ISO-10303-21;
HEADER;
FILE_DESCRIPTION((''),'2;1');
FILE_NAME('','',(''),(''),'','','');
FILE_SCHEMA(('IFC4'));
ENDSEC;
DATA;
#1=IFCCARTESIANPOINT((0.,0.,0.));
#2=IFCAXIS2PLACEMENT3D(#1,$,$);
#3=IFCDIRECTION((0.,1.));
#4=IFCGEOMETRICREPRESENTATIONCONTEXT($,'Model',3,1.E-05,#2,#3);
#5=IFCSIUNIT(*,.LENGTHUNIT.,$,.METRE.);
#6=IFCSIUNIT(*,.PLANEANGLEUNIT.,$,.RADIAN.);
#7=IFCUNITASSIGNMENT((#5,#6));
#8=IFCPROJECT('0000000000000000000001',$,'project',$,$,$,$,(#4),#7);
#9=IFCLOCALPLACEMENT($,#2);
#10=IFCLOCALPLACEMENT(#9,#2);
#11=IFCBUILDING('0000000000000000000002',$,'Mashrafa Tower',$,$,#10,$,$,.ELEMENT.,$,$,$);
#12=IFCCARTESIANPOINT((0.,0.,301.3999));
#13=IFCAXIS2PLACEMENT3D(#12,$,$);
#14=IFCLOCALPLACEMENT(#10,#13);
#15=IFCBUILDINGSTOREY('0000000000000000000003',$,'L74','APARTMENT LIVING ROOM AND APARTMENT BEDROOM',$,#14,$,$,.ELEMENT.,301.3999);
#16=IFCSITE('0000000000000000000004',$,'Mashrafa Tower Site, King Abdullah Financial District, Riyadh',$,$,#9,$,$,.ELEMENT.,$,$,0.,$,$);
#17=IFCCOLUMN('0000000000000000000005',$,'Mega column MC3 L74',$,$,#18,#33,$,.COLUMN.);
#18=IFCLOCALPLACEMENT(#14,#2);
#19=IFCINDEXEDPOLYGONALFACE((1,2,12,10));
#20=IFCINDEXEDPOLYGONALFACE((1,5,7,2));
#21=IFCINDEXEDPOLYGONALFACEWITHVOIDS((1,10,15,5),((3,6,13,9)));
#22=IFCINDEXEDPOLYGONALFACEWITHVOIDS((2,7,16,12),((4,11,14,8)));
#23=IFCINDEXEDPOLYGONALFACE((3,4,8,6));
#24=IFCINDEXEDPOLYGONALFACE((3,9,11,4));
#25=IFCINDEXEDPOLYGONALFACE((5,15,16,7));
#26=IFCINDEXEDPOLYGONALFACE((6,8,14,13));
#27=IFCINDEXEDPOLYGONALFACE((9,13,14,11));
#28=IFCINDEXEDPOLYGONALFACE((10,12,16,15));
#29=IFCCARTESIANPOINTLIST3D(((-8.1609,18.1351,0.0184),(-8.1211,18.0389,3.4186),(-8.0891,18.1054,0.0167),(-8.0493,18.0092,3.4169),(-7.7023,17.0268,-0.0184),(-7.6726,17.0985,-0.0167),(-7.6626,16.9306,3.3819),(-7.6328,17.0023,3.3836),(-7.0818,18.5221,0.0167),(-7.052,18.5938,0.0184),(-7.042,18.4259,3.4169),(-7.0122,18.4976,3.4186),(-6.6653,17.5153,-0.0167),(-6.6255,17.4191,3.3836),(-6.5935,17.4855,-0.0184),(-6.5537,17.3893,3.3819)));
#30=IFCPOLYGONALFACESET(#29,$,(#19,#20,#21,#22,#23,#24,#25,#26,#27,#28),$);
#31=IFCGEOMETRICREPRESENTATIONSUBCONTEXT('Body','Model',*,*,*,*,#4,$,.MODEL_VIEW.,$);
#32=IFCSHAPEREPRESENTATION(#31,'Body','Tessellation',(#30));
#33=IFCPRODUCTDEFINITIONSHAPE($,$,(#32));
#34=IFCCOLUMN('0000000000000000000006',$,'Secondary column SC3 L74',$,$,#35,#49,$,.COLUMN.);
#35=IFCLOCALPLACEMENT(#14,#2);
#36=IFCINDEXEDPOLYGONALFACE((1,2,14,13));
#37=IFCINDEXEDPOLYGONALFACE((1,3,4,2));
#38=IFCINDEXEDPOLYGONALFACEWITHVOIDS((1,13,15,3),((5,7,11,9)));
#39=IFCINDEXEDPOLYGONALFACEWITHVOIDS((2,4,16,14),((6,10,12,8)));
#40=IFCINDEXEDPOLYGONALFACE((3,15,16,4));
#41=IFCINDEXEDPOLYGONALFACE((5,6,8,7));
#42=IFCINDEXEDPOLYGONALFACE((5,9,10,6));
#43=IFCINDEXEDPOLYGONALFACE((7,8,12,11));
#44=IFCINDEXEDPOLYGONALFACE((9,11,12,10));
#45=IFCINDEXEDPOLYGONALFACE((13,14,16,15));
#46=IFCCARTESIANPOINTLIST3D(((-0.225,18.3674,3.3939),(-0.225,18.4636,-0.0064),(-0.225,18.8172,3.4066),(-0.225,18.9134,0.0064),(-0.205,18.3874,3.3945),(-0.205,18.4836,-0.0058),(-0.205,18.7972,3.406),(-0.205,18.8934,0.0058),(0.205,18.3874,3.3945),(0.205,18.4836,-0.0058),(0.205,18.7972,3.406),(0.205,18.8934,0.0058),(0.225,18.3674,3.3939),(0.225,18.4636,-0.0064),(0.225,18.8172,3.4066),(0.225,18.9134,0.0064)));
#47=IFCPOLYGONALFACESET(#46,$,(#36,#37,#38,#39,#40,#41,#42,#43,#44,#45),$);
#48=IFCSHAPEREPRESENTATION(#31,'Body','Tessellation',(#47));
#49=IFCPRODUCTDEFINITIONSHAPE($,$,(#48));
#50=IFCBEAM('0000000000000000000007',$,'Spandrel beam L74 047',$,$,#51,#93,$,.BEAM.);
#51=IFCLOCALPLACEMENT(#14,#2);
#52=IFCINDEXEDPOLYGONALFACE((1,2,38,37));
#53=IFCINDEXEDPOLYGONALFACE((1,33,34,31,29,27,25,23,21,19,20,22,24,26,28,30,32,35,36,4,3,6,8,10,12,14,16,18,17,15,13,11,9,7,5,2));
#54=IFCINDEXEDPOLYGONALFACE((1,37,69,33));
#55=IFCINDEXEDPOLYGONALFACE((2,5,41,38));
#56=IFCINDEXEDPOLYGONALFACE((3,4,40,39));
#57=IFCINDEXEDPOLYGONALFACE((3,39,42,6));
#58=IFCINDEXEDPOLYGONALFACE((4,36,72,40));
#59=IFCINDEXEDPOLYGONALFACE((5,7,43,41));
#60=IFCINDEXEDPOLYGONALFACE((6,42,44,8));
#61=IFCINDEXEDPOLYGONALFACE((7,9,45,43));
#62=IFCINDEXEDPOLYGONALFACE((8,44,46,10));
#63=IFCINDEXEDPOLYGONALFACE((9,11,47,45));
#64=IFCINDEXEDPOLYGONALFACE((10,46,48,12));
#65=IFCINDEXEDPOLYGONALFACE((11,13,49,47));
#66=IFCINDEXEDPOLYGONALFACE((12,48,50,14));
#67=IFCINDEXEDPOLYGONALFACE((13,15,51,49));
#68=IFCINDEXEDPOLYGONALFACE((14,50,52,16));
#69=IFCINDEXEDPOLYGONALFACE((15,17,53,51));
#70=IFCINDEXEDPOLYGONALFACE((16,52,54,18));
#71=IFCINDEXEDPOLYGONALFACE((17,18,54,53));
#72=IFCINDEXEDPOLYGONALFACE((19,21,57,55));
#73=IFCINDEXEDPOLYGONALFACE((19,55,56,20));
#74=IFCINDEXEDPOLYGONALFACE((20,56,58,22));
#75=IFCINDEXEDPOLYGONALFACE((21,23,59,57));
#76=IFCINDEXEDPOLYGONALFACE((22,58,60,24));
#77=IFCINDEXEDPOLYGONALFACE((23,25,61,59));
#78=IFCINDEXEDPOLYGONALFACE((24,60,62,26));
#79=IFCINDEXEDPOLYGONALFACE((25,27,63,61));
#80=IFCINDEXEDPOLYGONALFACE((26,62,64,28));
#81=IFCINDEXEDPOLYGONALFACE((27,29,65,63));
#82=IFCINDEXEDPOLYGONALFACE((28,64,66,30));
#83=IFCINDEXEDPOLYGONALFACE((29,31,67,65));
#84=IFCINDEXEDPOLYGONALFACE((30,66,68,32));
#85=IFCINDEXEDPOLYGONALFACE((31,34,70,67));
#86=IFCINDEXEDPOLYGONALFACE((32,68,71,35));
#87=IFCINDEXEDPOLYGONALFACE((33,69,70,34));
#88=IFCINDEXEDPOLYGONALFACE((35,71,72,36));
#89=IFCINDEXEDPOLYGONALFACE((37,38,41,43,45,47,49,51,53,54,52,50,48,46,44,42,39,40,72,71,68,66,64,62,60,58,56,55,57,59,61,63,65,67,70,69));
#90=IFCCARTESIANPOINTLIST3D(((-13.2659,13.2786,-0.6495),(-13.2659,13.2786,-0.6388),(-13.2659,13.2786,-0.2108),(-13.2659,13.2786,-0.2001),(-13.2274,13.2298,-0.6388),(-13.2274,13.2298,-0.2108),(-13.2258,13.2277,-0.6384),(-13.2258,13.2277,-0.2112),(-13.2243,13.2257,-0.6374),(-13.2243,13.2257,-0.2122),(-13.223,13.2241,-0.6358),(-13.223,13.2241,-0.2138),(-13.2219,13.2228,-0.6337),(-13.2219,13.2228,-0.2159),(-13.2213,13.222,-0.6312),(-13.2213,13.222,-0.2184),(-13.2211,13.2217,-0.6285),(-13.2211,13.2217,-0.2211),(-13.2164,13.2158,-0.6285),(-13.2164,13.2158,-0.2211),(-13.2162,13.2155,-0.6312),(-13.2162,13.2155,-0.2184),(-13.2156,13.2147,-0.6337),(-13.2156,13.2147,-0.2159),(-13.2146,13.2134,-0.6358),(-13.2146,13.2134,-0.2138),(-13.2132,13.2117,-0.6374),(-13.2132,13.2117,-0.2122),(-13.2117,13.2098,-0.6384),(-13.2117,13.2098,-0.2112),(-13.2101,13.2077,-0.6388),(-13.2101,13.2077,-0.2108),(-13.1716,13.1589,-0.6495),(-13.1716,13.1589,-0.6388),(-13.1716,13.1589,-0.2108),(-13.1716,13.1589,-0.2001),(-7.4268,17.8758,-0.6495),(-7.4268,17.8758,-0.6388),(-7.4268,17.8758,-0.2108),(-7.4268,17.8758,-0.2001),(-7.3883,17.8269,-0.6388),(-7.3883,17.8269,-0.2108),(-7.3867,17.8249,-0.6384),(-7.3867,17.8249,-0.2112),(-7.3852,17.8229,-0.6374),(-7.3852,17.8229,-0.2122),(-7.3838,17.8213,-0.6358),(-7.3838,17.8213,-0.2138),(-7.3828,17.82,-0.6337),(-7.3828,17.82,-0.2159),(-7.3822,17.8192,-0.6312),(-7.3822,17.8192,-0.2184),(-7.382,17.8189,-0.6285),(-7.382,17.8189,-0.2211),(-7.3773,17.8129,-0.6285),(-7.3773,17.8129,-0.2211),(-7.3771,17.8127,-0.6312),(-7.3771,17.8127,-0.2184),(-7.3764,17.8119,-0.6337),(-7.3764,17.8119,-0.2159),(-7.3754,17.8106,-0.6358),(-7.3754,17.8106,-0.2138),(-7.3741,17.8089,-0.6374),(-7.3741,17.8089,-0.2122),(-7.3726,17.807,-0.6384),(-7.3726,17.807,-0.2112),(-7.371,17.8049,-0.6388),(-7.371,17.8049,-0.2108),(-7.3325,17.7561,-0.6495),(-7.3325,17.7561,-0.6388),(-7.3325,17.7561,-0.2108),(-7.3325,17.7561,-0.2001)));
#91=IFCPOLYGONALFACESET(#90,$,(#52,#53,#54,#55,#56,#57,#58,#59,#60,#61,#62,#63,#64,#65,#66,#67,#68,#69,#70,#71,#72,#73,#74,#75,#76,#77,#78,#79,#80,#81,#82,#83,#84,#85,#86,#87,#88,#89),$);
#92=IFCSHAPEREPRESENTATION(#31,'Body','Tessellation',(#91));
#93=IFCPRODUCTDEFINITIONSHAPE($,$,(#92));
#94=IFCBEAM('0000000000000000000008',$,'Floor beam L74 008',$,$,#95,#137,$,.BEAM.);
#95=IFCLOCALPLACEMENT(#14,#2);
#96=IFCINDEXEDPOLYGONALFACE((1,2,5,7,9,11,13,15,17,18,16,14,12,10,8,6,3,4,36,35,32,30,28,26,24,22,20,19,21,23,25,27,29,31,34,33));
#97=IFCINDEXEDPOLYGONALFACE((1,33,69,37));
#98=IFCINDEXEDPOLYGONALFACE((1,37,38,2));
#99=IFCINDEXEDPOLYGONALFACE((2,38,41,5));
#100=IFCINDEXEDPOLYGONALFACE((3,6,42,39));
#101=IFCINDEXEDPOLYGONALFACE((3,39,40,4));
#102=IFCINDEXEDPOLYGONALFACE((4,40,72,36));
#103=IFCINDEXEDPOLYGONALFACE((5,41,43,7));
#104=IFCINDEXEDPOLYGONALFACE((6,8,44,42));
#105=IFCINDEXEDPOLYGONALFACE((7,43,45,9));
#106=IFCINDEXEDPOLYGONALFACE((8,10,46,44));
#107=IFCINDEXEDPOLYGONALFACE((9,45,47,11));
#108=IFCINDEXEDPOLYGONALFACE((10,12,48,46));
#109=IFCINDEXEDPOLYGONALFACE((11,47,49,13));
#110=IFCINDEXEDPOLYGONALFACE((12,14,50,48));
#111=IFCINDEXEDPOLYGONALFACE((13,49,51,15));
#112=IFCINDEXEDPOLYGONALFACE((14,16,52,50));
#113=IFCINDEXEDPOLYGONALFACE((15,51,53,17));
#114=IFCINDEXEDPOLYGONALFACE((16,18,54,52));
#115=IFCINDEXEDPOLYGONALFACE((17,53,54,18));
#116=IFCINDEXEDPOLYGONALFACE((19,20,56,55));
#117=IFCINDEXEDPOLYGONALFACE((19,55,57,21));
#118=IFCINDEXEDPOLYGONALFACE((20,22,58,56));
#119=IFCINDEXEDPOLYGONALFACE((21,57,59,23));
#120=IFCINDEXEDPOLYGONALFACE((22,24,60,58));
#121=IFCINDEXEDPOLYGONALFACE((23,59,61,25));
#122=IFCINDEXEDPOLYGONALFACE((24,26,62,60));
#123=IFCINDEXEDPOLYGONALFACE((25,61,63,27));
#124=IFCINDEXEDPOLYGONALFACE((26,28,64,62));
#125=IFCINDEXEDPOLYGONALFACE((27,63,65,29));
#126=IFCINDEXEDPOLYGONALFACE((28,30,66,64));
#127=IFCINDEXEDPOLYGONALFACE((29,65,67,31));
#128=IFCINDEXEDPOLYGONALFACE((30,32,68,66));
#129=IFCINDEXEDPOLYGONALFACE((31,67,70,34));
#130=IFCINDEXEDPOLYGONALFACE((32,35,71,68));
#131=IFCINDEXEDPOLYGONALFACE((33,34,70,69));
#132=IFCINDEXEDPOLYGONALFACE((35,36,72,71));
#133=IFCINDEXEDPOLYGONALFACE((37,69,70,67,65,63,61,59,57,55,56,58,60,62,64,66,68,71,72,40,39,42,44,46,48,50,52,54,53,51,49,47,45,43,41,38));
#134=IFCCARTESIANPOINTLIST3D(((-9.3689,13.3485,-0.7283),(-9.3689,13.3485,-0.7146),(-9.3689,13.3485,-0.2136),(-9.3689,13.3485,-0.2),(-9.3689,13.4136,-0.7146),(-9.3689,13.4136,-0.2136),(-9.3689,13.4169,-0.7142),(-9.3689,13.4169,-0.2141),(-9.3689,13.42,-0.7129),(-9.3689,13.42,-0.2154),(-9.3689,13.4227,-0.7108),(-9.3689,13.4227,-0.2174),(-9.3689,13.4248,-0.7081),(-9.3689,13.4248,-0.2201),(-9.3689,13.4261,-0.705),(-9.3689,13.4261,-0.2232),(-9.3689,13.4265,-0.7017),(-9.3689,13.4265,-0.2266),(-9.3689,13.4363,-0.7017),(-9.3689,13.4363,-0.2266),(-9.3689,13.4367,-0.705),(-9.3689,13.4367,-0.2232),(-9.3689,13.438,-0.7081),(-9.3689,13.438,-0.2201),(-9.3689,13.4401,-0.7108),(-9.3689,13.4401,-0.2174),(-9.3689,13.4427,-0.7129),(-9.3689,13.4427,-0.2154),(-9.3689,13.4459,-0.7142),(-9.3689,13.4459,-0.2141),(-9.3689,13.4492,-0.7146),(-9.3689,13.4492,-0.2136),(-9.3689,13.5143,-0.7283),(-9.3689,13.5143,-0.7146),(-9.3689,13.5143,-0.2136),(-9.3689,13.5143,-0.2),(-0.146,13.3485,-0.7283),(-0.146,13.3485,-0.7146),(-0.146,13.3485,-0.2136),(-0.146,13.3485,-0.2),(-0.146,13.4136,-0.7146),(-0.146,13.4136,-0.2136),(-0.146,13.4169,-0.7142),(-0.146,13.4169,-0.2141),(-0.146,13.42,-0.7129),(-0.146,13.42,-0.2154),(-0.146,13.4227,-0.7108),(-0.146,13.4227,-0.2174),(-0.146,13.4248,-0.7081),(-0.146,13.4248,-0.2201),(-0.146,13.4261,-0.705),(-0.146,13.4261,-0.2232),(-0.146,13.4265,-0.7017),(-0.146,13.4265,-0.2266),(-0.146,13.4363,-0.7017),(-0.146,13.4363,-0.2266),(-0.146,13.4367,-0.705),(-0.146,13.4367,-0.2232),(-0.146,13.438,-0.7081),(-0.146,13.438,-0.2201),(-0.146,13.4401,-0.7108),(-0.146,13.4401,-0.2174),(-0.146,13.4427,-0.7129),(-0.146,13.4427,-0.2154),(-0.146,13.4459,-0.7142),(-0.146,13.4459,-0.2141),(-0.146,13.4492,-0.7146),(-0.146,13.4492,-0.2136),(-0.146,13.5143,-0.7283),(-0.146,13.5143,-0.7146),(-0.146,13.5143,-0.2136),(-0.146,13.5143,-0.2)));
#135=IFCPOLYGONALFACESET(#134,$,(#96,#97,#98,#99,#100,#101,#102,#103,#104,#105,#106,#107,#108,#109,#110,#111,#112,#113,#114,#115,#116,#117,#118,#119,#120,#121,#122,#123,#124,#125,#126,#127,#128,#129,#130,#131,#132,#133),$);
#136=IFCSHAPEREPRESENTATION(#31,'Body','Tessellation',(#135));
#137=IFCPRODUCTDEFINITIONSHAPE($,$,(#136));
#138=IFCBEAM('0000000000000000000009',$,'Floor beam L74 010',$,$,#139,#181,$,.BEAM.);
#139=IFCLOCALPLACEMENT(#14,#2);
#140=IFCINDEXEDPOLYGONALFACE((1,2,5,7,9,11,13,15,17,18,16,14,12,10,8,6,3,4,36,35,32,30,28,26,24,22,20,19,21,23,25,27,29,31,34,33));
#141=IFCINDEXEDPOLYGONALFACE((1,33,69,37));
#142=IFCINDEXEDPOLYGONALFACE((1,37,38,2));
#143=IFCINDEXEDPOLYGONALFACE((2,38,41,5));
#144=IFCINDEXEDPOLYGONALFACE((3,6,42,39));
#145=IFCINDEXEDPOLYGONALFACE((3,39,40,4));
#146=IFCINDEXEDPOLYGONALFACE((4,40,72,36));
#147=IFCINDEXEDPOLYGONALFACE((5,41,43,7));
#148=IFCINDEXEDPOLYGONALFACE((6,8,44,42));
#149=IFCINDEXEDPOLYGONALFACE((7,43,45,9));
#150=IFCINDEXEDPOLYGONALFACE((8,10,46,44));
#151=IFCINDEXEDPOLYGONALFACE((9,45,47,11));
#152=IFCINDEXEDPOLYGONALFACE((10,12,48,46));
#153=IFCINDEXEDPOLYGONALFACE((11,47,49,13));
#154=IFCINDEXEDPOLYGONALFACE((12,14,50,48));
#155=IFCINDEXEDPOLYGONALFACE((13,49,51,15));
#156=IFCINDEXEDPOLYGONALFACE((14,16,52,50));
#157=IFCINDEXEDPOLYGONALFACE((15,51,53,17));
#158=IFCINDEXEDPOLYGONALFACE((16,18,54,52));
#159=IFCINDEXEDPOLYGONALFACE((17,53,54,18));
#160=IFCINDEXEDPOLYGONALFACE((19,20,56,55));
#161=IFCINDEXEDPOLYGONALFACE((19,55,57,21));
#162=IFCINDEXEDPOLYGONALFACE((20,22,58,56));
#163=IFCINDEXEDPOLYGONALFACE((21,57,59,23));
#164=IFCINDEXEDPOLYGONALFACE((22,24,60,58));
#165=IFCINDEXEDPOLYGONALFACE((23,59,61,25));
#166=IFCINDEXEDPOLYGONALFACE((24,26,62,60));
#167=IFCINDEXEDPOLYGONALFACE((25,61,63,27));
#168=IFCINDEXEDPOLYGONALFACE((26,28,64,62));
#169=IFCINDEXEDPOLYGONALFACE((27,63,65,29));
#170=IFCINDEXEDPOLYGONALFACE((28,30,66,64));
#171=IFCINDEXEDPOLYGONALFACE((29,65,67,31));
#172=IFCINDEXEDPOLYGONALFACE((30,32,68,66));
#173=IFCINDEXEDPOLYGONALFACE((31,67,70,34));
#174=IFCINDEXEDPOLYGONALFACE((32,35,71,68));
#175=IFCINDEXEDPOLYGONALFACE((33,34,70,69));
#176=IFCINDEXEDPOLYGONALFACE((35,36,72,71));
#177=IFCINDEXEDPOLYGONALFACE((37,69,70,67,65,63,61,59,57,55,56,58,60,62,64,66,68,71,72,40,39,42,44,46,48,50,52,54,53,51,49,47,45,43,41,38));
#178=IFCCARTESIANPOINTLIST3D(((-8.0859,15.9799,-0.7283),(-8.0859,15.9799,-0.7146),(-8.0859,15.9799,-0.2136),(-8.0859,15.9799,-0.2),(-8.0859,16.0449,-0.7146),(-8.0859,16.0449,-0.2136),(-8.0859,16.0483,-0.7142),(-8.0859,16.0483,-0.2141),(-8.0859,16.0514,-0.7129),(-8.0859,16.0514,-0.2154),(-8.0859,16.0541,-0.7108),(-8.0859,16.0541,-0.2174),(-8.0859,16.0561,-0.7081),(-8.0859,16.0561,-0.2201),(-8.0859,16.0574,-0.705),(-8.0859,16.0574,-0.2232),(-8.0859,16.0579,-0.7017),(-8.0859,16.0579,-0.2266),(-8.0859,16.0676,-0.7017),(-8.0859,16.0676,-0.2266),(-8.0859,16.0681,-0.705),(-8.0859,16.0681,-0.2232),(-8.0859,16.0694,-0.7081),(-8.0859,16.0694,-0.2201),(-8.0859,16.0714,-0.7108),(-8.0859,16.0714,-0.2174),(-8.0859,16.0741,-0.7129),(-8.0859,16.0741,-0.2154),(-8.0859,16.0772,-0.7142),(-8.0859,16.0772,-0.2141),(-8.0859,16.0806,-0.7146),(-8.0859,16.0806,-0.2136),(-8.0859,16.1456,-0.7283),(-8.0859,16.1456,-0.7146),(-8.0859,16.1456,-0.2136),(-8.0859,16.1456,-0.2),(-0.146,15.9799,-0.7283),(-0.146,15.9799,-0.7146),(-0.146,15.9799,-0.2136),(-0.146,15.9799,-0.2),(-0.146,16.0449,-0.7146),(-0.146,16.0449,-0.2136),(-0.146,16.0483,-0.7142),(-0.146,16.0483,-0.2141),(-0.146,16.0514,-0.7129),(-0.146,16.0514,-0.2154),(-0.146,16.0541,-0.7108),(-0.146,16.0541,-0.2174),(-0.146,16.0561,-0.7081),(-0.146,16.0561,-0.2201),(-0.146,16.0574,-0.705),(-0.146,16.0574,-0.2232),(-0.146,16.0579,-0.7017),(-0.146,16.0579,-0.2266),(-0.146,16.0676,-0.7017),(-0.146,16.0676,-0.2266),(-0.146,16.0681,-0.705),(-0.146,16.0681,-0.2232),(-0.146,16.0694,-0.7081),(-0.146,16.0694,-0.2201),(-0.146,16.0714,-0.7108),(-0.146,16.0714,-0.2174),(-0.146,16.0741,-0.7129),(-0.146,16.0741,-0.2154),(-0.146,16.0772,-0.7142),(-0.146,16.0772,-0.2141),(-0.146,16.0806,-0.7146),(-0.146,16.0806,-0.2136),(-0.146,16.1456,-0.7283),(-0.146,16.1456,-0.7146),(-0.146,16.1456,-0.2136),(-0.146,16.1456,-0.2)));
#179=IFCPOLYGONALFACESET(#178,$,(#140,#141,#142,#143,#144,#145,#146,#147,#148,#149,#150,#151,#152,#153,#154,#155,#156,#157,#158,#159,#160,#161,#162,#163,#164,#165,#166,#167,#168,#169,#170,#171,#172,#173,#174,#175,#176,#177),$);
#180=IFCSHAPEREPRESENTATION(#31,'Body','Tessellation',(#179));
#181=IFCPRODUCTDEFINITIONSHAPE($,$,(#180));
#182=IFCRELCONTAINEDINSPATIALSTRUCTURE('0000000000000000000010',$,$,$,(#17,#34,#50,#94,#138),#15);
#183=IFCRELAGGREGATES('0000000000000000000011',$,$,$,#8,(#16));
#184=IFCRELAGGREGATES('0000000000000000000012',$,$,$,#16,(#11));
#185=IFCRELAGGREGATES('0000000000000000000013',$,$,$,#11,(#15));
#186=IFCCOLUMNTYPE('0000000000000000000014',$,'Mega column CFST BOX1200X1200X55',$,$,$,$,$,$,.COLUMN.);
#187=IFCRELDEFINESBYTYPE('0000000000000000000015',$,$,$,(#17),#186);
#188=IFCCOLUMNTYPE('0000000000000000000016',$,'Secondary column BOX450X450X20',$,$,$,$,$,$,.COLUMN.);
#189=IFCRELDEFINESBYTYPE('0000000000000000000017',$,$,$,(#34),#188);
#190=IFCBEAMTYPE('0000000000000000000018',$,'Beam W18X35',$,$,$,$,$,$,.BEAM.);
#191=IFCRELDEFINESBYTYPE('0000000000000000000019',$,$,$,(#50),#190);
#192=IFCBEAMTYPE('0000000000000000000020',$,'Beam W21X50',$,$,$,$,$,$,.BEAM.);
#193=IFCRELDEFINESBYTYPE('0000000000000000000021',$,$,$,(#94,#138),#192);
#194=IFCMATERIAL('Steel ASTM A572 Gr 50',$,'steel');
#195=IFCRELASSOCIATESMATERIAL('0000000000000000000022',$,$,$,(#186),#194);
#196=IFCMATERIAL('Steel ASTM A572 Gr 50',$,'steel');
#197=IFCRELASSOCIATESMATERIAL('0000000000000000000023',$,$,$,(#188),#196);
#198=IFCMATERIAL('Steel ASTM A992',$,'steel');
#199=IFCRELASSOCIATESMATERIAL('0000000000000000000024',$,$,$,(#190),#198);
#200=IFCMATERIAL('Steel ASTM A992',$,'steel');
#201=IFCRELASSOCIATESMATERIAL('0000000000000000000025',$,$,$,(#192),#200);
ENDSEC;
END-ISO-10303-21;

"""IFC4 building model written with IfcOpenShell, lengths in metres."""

from ifc_helpers import new_model, si_unit, direction, frame, origin, origin_2d, place, context, subcontext, project, spatial, hollow_rectangle, i_section, extrude, material, material_profile, profile_set, type_object, element, save


model = new_model("IFC4")

# Units and contexts
model_context = context("Model", 3, precision=1e-05, world=origin(), true_north=direction((0.0, 1.0)))
body_context = subcontext(model_context, "Body", "Model", "MODEL_VIEW")
ifc_project = project(units=[si_unit("LENGTHUNIT", "METRE"), si_unit("PLANEANGLEUNIT", "RADIAN")], contexts=[model_context])

# Site, building, storey
site_placement = place(None, origin())
site = spatial("IfcSite", under=ifc_project, at=site_placement, Name="Mashrafa Tower Site, King Abdullah Financial District, Riyadh", CompositionType="ELEMENT", RefElevation=0.0)
building_placement = place(site_placement, origin())
building = spatial("IfcBuilding", under=site, at=building_placement, Name="Mashrafa Tower", CompositionType="ELEMENT")
storey_placement = place(building_placement, frame((0.0, 0.0, 301.3999)))
storey = spatial("IfcBuildingStorey", under=building, at=storey_placement, Name="L74", Description="APARTMENT LIVING ROOM AND APARTMENT BEDROOM", CompositionType="ELEMENT", Elevation=301.3999)

# Columns
ifc_material_1 = material(Name="Steel ASTM A572 Gr 50", Category="steel")
ifc_material_profile_1 = material_profile(ifc_material_1, hollow_rectangle(XDim=1.2, YDim=1.2, WallThickness=0.0549, at=origin_2d()), Name="BOX1200X1200X55")
ifc_profile_set_1 = profile_set([ifc_material_profile_1], Name="Steel ASTM A572 Gr 50")
column_type_1 = type_object("IfcColumnType", Name="Mega column CFST BOX1200X1200X55", PredefinedType="COLUMN", material=ifc_profile_set_1)
column_1_placement = place(storey_placement, frame((-7.3772, 17.8103, 0.0), z_axis=(0.011698, -0.028277, 0.999532), x_axis=(0.924045, 0.382283, 0.0)))
element("IfcColumn", 1, at=column_1_placement, inside=storey, type_object=column_type_1, Name="Mega column MC3 L74", PredefinedType="COLUMN", context=body_context, shape_type="SweptSolid", body=[
    extrude(hollow_rectangle(XDim=1.2, YDim=1.2, WallThickness=0.0549, at=origin_2d()), origin(), (0.0, 0.0, 1.0), 3.4019),
])
ifc_material_2 = material(Name="Steel ASTM A572 Gr 50", Category="steel")
ifc_material_profile_2 = material_profile(ifc_material_2, hollow_rectangle(XDim=0.45, YDim=0.45, WallThickness=0.02, at=origin_2d()), Name="BOX450X450X20")
ifc_profile_set_2 = profile_set([ifc_material_profile_2], Name="Steel ASTM A572 Gr 50")
column_type_2 = type_object("IfcColumnType", Name="Secondary column BOX450X450X20", PredefinedType="COLUMN", material=ifc_profile_set_2)
column_2_placement = place(storey_placement, frame((0.0, 18.6885, 0.0), z_axis=(0.0, -0.028279, 0.9996), x_axis=(1.0, 0.0, 0.0)))
element("IfcColumn", 2, at=column_2_placement, inside=storey, type_object=column_type_2, Name="Secondary column SC3 L74", PredefinedType="COLUMN", context=body_context, shape_type="SweptSolid", body=[
    extrude(hollow_rectangle(XDim=0.45, YDim=0.45, WallThickness=0.02, at=origin_2d()), origin(), (0.0, 0.0, 1.0), 3.4016),
])

# Beams
ifc_material_3 = material(Name="Steel ASTM A992", Category="steel")
ifc_material_profile_3 = material_profile(ifc_material_3, i_section(OverallWidth=0.1523, OverallDepth=0.4495, WebThickness=0.0076, FlangeThickness=0.0107, FilletRadius=0.0103, at=origin_2d()), Name="W18X35")
ifc_profile_set_3 = profile_set([ifc_material_profile_3], Name="Steel ASTM A992")
beam_type_1 = type_object("IfcBeamType", Name="Beam W18X35", PredefinedType="BEAM", material=ifc_profile_set_3)
beam_1_placement = place(storey_placement, frame((-7.3796, 17.8159, -0.4248), z_axis=(-0.78571, -0.618595, 0.0), x_axis=(0.618595, -0.78571, 0.0)))
element("IfcBeam", 3, at=beam_1_placement, inside=storey, type_object=beam_type_1, Name="Spandrel beam L74 047", PredefinedType="BEAM", context=body_context, shape_type="SweptSolid", body=[
    extrude(i_section(OverallWidth=0.1523, OverallDepth=0.4495, WebThickness=0.0076, FlangeThickness=0.0107, FilletRadius=0.0103, at=origin_2d()), origin(), (0.0, 0.0, 1.0), 7.4316),
])
ifc_material_4 = material(Name="Steel ASTM A992", Category="steel")
ifc_material_profile_4 = material_profile(ifc_material_4, i_section(OverallWidth=0.1658, OverallDepth=0.5283, WebThickness=0.0098, FlangeThickness=0.0137, FilletRadius=0.0129, at=origin_2d()), Name="W21X50")
ifc_profile_set_4 = profile_set([ifc_material_profile_4], Name="Steel ASTM A992")
beam_type_2 = type_object("IfcBeamType", Name="Beam W21X50", PredefinedType="BEAM", material=ifc_profile_set_4)
beam_2_placement = place(storey_placement, frame((-9.3689, 13.4314, -0.4641), z_axis=(1.0, 0.0, 0.0), x_axis=(0.0, 1.0, 0.0)))
element("IfcBeam", 4, at=beam_2_placement, inside=storey, type_object=beam_type_2, Name="Floor beam L74 008", PredefinedType="BEAM", context=body_context, shape_type="SweptSolid", body=[
    extrude(i_section(OverallWidth=0.1658, OverallDepth=0.5283, WebThickness=0.0098, FlangeThickness=0.0137, FilletRadius=0.0129, at=origin_2d()), origin(), (0.0, 0.0, 1.0), 9.2229),
])
beam_3_placement = place(storey_placement, frame((-8.0859, 16.0627, -0.4641), z_axis=(1.0, 0.0, 0.0), x_axis=(0.0, 1.0, 0.0)))
element("IfcBeam", 5, at=beam_3_placement, inside=storey, type_object=beam_type_2, Name="Floor beam L74 010", PredefinedType="BEAM", context=body_context, shape_type="SweptSolid", body=[
    extrude(i_section(OverallWidth=0.1658, OverallDepth=0.5283, WebThickness=0.0098, FlangeThickness=0.0137, FilletRadius=0.0129, at=origin_2d()), origin(), (0.0, 0.0, 1.0), 7.9399),
])

save(model, "model.ifc")
